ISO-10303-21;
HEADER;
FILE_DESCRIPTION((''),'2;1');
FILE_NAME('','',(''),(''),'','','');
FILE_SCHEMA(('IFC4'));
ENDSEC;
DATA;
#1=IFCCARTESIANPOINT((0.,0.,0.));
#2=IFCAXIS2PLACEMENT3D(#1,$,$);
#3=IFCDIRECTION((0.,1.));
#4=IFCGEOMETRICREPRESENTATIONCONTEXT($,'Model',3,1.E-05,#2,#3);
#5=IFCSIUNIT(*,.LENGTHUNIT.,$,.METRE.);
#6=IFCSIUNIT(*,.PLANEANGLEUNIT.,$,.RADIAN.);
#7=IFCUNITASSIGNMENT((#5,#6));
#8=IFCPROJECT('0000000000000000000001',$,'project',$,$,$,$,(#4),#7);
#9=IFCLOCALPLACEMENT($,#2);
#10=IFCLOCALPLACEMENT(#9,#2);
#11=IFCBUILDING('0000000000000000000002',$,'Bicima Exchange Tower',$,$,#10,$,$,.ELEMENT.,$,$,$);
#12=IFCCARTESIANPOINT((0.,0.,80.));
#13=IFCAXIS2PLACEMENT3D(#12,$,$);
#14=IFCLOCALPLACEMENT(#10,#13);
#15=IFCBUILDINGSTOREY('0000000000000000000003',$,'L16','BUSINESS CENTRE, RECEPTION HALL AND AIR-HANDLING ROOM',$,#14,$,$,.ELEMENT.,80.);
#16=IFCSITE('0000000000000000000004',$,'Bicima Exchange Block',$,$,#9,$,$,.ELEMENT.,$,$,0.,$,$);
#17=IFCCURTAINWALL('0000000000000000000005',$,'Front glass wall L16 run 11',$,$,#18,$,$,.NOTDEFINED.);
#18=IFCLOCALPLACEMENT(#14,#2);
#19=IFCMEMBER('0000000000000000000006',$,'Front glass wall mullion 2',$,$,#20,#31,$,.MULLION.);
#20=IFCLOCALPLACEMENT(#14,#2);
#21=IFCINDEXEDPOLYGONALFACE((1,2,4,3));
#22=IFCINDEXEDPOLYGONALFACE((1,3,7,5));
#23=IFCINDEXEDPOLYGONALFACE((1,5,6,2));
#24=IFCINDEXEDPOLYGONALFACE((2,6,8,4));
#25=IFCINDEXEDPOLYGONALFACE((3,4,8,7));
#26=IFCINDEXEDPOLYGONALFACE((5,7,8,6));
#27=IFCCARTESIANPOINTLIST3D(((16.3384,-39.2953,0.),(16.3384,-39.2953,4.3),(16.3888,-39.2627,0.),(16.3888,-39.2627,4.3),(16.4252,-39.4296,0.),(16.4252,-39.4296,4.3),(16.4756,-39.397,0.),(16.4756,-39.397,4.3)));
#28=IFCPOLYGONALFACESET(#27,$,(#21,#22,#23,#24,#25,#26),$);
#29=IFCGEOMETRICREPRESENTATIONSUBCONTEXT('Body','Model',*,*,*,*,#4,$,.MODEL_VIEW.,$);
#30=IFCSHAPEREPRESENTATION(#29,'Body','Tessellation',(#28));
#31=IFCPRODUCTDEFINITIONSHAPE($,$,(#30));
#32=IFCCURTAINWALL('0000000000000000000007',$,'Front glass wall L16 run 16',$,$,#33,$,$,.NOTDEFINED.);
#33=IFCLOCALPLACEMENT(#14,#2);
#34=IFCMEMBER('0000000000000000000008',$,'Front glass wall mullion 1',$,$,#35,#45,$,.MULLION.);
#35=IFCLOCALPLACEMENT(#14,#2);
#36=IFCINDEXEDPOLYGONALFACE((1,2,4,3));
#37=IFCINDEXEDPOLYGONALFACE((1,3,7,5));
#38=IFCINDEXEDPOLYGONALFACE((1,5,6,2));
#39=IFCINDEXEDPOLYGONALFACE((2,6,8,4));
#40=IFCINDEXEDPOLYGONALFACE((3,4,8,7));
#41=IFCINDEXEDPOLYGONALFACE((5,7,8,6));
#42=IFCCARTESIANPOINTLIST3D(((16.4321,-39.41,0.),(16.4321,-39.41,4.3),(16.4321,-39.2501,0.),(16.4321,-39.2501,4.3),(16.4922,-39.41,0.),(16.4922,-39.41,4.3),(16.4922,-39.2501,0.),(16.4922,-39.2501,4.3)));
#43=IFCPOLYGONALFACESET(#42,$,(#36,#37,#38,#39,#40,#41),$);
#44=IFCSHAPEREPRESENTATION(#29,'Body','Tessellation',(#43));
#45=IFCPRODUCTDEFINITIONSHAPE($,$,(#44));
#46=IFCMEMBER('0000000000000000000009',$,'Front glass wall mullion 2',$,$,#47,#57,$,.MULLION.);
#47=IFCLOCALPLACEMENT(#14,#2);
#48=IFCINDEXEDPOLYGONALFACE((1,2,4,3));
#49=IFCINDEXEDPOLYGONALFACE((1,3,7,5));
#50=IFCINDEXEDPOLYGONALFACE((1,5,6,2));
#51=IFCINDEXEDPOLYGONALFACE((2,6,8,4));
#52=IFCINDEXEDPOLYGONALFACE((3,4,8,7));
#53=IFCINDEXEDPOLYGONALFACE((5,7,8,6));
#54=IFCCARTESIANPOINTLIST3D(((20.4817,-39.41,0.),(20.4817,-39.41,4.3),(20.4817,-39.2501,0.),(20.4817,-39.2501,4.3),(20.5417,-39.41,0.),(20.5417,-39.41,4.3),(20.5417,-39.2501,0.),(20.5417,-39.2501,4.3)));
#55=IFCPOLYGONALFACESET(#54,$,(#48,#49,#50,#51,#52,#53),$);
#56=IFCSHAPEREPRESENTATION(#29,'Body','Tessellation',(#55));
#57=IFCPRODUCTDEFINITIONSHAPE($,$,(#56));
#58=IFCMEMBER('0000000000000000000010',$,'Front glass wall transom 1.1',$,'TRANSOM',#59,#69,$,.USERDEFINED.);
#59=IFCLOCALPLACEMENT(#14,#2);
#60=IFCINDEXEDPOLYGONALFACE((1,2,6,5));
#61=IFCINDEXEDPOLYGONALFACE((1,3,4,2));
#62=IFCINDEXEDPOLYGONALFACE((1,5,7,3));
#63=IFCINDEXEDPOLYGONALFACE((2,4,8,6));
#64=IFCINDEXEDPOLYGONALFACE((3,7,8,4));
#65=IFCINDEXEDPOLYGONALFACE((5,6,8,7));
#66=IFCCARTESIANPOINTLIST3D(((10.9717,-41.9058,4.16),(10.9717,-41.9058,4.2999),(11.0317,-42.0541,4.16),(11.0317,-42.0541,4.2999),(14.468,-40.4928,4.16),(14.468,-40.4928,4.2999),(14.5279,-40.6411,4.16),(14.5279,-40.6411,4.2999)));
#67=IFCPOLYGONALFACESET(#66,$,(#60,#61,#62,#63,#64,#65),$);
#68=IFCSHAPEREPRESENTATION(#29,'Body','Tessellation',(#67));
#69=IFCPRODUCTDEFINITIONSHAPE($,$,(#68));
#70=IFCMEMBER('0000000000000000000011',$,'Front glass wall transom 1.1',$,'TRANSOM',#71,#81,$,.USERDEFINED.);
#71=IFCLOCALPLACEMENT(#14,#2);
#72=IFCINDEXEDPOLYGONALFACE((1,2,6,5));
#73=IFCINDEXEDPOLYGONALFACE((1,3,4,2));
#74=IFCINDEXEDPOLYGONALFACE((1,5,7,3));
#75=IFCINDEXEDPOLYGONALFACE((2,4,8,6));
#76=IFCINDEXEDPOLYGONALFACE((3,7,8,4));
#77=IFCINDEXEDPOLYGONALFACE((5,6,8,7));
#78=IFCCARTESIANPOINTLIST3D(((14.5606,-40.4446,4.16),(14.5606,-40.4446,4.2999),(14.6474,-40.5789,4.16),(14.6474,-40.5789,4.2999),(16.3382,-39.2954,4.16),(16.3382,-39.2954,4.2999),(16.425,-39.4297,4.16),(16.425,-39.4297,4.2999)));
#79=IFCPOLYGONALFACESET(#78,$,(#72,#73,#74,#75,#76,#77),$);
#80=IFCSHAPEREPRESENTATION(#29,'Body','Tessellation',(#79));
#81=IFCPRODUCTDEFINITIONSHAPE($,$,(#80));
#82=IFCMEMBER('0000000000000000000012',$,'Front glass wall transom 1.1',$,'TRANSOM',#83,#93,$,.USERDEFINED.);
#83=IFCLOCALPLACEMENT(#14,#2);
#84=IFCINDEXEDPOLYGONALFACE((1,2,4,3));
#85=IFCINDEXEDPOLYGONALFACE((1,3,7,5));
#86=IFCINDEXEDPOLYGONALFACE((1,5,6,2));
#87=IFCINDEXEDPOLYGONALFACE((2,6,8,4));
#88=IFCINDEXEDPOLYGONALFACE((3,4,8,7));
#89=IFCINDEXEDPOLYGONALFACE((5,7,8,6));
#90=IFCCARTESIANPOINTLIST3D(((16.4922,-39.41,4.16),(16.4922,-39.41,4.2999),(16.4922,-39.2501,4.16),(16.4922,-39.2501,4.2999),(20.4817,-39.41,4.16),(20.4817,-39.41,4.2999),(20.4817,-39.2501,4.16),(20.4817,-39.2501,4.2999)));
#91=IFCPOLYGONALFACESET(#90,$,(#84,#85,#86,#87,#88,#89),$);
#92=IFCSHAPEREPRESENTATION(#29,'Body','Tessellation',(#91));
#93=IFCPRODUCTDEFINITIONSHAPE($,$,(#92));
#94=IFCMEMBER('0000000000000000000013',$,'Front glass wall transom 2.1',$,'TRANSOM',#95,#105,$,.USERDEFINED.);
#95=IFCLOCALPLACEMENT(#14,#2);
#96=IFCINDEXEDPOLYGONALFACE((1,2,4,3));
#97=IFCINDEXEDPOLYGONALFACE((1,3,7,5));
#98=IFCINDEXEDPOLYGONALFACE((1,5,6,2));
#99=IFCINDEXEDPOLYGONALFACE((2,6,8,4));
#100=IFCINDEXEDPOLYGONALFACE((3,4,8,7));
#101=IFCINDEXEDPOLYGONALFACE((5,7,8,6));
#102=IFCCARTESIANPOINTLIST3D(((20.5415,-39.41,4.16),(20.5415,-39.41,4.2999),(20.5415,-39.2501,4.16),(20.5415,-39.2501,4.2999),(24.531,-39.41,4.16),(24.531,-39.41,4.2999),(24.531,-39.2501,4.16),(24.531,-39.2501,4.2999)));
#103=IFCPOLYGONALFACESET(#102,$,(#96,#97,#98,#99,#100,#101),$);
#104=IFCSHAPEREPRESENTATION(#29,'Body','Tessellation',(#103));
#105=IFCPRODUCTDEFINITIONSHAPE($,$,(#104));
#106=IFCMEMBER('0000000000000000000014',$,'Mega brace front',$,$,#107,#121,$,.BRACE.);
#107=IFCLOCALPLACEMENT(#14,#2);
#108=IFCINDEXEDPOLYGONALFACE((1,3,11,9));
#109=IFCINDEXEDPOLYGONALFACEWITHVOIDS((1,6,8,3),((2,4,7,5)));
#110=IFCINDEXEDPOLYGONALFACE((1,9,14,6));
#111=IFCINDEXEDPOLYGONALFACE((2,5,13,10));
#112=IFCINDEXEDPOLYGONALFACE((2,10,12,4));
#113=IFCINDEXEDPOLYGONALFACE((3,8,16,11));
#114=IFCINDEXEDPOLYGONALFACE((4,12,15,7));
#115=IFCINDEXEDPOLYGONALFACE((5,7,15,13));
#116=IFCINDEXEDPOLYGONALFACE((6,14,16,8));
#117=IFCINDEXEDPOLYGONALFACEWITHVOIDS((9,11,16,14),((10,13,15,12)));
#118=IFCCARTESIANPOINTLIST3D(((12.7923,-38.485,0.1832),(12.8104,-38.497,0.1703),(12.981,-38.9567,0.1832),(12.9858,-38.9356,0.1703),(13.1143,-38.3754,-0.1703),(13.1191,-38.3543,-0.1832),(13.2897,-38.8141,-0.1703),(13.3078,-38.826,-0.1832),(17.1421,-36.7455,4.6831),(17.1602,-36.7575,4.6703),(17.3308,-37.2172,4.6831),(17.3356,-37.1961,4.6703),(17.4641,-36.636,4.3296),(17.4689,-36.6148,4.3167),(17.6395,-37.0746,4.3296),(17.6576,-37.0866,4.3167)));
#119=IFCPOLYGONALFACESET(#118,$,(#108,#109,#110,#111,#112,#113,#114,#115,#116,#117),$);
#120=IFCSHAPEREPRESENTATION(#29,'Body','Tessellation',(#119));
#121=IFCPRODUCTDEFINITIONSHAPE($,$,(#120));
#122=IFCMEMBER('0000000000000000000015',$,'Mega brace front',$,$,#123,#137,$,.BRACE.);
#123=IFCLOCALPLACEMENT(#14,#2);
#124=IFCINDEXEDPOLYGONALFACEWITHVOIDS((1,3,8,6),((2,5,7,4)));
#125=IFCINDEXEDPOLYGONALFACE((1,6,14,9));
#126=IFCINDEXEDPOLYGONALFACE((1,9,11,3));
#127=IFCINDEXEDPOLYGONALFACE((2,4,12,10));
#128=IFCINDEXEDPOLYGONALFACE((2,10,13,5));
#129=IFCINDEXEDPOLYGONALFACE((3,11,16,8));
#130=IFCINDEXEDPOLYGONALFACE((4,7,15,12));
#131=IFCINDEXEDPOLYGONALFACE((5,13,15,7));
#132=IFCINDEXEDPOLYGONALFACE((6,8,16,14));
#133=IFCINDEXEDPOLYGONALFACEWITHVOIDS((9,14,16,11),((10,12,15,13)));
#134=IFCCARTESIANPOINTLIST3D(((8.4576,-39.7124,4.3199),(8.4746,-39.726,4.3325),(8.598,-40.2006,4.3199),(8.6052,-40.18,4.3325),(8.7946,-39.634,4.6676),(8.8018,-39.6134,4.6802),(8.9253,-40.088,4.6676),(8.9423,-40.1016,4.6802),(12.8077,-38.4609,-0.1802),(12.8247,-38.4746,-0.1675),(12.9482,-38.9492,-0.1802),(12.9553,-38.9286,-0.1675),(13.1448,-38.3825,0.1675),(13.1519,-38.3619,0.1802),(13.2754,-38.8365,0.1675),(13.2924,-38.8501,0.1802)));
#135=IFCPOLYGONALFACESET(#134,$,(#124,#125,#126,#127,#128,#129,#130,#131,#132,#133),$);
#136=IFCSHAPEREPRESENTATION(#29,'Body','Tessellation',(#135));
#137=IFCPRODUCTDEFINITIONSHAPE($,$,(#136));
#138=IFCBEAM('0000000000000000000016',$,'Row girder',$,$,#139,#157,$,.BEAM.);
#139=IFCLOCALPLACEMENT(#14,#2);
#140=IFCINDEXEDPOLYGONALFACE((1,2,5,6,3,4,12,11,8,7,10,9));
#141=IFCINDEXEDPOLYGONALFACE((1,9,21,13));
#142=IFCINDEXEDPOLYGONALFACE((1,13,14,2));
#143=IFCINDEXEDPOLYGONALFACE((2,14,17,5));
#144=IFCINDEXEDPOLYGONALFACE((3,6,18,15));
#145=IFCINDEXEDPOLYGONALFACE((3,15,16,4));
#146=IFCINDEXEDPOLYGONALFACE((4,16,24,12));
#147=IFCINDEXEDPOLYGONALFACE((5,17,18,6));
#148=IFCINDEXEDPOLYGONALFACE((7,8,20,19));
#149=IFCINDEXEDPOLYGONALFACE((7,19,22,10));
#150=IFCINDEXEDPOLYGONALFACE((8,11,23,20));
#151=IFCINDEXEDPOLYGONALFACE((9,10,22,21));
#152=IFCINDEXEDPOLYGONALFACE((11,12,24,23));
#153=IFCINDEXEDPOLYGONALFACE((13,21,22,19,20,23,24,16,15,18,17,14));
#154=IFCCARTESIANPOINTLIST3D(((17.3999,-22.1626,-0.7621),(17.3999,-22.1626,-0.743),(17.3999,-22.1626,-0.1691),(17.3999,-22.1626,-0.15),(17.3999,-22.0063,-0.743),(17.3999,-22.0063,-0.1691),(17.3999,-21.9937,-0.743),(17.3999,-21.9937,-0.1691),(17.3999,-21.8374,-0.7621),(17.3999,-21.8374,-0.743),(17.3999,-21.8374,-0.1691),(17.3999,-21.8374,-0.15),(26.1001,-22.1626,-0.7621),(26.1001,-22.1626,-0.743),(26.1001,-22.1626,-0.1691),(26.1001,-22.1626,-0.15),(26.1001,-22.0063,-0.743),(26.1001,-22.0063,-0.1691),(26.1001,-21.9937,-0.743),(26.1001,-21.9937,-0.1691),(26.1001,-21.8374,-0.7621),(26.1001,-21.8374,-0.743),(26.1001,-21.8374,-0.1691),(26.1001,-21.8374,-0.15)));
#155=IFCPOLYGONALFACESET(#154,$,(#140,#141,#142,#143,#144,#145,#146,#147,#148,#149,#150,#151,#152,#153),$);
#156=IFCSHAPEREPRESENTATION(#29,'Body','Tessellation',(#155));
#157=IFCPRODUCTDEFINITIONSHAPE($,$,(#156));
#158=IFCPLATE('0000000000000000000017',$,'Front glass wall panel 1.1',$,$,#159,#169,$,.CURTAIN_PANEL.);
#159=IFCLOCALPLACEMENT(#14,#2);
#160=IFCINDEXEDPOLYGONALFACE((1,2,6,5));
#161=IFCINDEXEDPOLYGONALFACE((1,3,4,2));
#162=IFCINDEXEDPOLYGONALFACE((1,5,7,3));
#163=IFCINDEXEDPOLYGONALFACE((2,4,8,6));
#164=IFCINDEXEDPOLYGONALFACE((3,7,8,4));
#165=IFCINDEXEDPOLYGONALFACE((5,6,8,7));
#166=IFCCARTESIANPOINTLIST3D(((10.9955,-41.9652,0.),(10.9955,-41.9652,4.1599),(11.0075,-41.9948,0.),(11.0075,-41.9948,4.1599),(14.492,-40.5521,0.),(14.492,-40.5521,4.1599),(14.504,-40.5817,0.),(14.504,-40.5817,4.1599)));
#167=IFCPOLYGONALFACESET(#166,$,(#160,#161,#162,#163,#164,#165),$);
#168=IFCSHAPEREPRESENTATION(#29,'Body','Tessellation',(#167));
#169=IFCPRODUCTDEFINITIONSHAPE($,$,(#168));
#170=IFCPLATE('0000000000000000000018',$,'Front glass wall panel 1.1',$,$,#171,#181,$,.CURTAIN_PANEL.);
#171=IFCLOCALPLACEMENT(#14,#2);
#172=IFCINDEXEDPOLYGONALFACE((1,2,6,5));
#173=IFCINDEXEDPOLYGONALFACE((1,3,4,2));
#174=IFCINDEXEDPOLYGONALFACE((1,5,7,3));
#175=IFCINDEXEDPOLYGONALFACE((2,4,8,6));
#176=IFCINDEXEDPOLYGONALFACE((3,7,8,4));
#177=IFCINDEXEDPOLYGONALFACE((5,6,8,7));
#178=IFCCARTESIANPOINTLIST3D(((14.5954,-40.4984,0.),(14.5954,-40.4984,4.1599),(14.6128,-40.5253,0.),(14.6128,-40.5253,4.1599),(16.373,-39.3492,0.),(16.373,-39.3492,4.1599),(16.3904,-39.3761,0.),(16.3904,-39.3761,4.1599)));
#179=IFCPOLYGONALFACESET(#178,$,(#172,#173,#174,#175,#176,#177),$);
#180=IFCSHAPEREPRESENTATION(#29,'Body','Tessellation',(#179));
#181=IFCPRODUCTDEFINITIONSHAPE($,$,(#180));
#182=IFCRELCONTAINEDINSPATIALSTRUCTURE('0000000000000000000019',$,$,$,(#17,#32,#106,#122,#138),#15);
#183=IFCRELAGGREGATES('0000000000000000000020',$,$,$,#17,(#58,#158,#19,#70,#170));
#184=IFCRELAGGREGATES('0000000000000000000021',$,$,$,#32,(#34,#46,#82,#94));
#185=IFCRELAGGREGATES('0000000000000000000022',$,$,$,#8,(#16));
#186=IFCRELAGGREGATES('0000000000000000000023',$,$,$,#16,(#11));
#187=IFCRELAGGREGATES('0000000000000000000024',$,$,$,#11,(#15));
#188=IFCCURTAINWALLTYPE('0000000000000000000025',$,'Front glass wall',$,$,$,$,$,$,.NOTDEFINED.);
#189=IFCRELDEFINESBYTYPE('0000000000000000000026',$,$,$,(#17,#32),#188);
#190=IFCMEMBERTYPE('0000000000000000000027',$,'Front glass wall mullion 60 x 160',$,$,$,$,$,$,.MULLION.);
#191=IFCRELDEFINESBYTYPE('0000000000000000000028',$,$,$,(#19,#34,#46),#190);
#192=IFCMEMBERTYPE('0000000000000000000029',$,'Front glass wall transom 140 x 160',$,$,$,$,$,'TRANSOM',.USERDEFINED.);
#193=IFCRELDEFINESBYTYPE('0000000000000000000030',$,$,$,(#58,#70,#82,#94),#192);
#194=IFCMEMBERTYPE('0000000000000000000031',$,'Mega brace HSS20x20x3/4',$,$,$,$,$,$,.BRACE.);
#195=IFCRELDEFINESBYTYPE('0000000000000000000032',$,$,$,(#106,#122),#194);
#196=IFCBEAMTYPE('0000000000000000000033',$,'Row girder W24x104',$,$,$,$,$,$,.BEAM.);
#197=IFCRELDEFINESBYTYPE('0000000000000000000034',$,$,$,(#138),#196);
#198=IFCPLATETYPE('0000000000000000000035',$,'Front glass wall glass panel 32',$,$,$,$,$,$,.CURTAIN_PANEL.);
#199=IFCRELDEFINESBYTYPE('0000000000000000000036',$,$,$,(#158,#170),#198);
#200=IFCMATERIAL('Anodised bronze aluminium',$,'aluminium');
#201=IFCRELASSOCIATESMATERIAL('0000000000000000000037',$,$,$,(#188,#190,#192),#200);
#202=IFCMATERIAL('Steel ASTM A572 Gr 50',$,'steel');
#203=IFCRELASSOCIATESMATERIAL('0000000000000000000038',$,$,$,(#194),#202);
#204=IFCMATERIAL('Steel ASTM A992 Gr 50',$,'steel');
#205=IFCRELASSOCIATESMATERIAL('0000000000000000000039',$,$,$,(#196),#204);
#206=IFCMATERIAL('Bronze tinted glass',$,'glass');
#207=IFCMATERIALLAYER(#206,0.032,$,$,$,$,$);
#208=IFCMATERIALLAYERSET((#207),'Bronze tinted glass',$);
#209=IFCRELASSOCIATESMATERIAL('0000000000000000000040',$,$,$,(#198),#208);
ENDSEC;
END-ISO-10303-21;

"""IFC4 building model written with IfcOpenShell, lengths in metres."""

from ifc_helpers import new_model, si_unit, direction, frame, origin, origin_2d, place, context, subcontext, project, spatial, rectangle, hollow_rectangle, i_section, extrude, material, layer, layer_set, material_profile, profile_set, type_object, element, aggregate, save


model = new_model("IFC4")

# Units and contexts
model_context = context("Model", 3, precision=1e-05, world=origin(), true_north=direction((0.0, 1.0)))
body_context = subcontext(model_context, "Body", "Model", "MODEL_VIEW")
ifc_project = project(units=[si_unit("LENGTHUNIT", "METRE"), si_unit("PLANEANGLEUNIT", "RADIAN")], contexts=[model_context])

# Site, building, storey
site_placement = place(None, origin())
site = spatial("IfcSite", under=ifc_project, at=site_placement, Name="Bicima Exchange Block", CompositionType="ELEMENT", RefElevation=0.0)
building_placement = place(site_placement, origin())
building = spatial("IfcBuilding", under=site, at=building_placement, Name="Bicima Exchange Tower", CompositionType="ELEMENT")
storey_placement = place(building_placement, frame((0.0, 0.0, 80.0)))
storey = spatial("IfcBuildingStorey", under=building, at=storey_placement, Name="L16", Description="BUSINESS CENTRE, RECEPTION HALL AND AIR-HANDLING ROOM", CompositionType="ELEMENT", Elevation=80.0)

# Shared definitions
ifc_material_1 = material(Name="Steel ASTM A992 Gr 50", Category="steel")

# Shared definitions
ifc_material_profile_1 = material_profile(ifc_material_1, i_section(OverallWidth=0.3252, OverallDepth=0.6121, WebThickness=0.0127, FlangeThickness=0.019, at=origin_2d()))
ifc_profile_set_1 = profile_set([ifc_material_profile_1], Name="Steel ASTM A992 Gr 50")

# Curtain walls, members
ifc_material_2 = material(Name="Anodised bronze aluminium", Category="aluminium")
curtain_wall_type = type_object("IfcCurtainWallType", Name="Front glass wall", PredefinedType="NOTDEFINED", material=ifc_material_2)
curtain_wall_1_placement = place(storey_placement, origin())
curtain_wall_1 = element("IfcCurtainWall", 1, at=curtain_wall_1_placement, inside=storey, type_object=curtain_wall_type, Name="Front glass wall L16 run 11", PredefinedType="NOTDEFINED")
ifc_material_profile_2 = material_profile(ifc_material_2, rectangle(XDim=0.1599, YDim=0.0601, at=origin_2d()))
ifc_profile_set_2 = profile_set([ifc_material_profile_2], Name="Anodised bronze aluminium")
member_type_1 = type_object("IfcMemberType", Name="Front glass wall mullion 60 x 160", PredefinedType="MULLION", material=ifc_profile_set_2)
member_1_placement = place(storey_placement, frame((16.407, -39.3462, 0.0), z_axis=(0.0, 0.0, 1.0), x_axis=(-0.542909, 0.839791, 0.0)))
member_1 = element("IfcMember", 2, at=member_1_placement, type_object=member_type_1, Name="Front glass wall mullion 2", PredefinedType="MULLION", context=body_context, shape_type="SweptSolid", body=[
    extrude(rectangle(XDim=0.1599, YDim=0.0601, at=origin_2d()), origin(), (0.0, 0.0, 1.0), 4.3),
])
curtain_wall_2_placement = place(storey_placement, origin())
curtain_wall_2 = element("IfcCurtainWall", 3, at=curtain_wall_2_placement, inside=storey, type_object=curtain_wall_type, Name="Front glass wall L16 run 16", PredefinedType="NOTDEFINED")
member_2_placement = place(storey_placement, frame((16.4622, -39.3301, 0.0), z_axis=(0.0, 0.0, 1.0), x_axis=(0.0, 1.0, 0.0)))
member_2 = element("IfcMember", 4, at=member_2_placement, type_object=member_type_1, Name="Front glass wall mullion 1", PredefinedType="MULLION", context=body_context, shape_type="SweptSolid", body=[
    extrude(rectangle(XDim=0.1599, YDim=0.0601, at=origin_2d()), origin(), (0.0, 0.0, 1.0), 4.3),
])
member_3_placement = place(storey_placement, frame((20.5117, -39.3301, 0.0), z_axis=(0.0, 0.0, 1.0), x_axis=(0.0, 1.0, 0.0)))
member_3 = element("IfcMember", 5, at=member_3_placement, type_object=member_type_1, Name="Front glass wall mullion 2", PredefinedType="MULLION", context=body_context, shape_type="SweptSolid", body=[
    extrude(rectangle(XDim=0.1599, YDim=0.0601, at=origin_2d()), origin(), (0.0, 0.0, 1.0), 4.3),
])

# Members
ifc_material_profile_3 = material_profile(ifc_material_2, rectangle(XDim=0.1599, YDim=0.1399, at=origin_2d()))
ifc_profile_set_3 = profile_set([ifc_material_profile_3], Name="Anodised bronze aluminium")
member_type_2 = type_object("IfcMemberType", Name="Front glass wall transom 140 x 160", ElementType="TRANSOM", PredefinedType="USERDEFINED", material=ifc_profile_set_3)
member_4_placement = place(storey_placement, frame((11.0017, -41.98, 4.23), z_axis=(0.92714, 0.374715, 0.0), x_axis=(-0.374715, 0.92714, 0.0)))
member_4 = element("IfcMember", 6, at=member_4_placement, type_object=member_type_2, Name="Front glass wall transom 1.1", ObjectType="TRANSOM", PredefinedType="USERDEFINED", context=body_context, shape_type="SweptSolid", body=[
    extrude(rectangle(XDim=0.1599, YDim=0.1399, at=origin_2d()), origin(), (0.0, 0.0, 1.0), 3.771),
])
member_5_placement = place(storey_placement, frame((14.604, -40.5117, 4.23), z_axis=(0.839793, 0.542907, 0.0), x_axis=(-0.542907, 0.839793, 0.0)))
member_5 = element("IfcMember", 7, at=member_5_placement, type_object=member_type_2, Name="Front glass wall transom 1.1", ObjectType="TRANSOM", PredefinedType="USERDEFINED", context=body_context, shape_type="SweptSolid", body=[
    extrude(rectangle(XDim=0.1599, YDim=0.1399, at=origin_2d()), origin(), (0.0, 0.0, 1.0), 2.1167),
])
member_6_placement = place(storey_placement, frame((16.4922, -39.3301, 4.23), z_axis=(1.0, 0.0, 0.0), x_axis=(0.0, 1.0, 0.0)))
member_6 = element("IfcMember", 8, at=member_6_placement, type_object=member_type_2, Name="Front glass wall transom 1.1", ObjectType="TRANSOM", PredefinedType="USERDEFINED", context=body_context, shape_type="SweptSolid", body=[
    extrude(rectangle(XDim=0.1599, YDim=0.1399, at=origin_2d()), origin(), (0.0, 0.0, 1.0), 3.9895),
])
member_7_placement = place(storey_placement, frame((20.5415, -39.3301, 4.23), z_axis=(1.0, 0.0, 0.0), x_axis=(0.0, 1.0, 0.0)))
member_7 = element("IfcMember", 9, at=member_7_placement, type_object=member_type_2, Name="Front glass wall transom 2.1", ObjectType="TRANSOM", PredefinedType="USERDEFINED", context=body_context, shape_type="SweptSolid", body=[
    extrude(rectangle(XDim=0.1599, YDim=0.1399, at=origin_2d()), origin(), (0.0, 0.0, 1.0), 3.9895),
])

# Members
ifc_material_3 = material(Name="Steel ASTM A572 Gr 50", Category="steel")
ifc_material_profile_4 = material_profile(ifc_material_3, hollow_rectangle(XDim=0.5081, YDim=0.5081, WallThickness=0.0178, at=origin_2d()))
ifc_profile_set_4 = profile_set([ifc_material_profile_4], Name="Steel ASTM A572 Gr 50")
member_type_3 = type_object("IfcMemberType", Name="Mega brace HSS20x20x3/4", PredefinedType="BRACE", material=ifc_profile_set_4)
member_8_placement = place(storey_placement, frame((13.05, -38.6555, 0.0), z_axis=(0.669628, 0.267783, 0.692742), x_axis=(-0.37131, 0.928509, 0.0)))
element("IfcMember", 10, at=member_8_placement, inside=storey, type_object=member_type_3, Name="Mega brace front", PredefinedType="BRACE", context=body_context, shape_type="SweptSolid", body=[
    extrude(hollow_rectangle(XDim=0.5081, YDim=0.5081, WallThickness=0.0178, at=origin_2d()), origin(), (0.0, 0.0, 1.0), 6.4958),
])
member_9_placement = place(storey_placement, frame((13.05, -38.6555, 0.0), z_axis=(-0.68154, -0.19607, 0.705025), x_axis=(0.276473, -0.961022, 0.0)))
element("IfcMember", 11, at=member_9_placement, inside=storey, type_object=member_type_3, Name="Mega brace front", PredefinedType="BRACE", context=body_context, shape_type="SweptSolid", body=[
    extrude(hollow_rectangle(XDim=0.5081, YDim=0.5081, WallThickness=0.0178, at=origin_2d()), origin(), (0.0, 0.0, 1.0), 6.3828),
])

# Beam
beam_type_1 = type_object("IfcBeamType", Name="Row girder W24x104", PredefinedType="BEAM", material=ifc_profile_set_1)
beam_1_placement = place(storey_placement, frame((17.3999, -22.0, -0.4561), z_axis=(1.0, 0.0, 0.0), x_axis=(0.0, 1.0, 0.0)))
element("IfcBeam", 12, at=beam_1_placement, inside=storey, type_object=beam_type_1, Name="Row girder", PredefinedType="BEAM", context=body_context, shape_type="SweptSolid", body=[
    extrude(i_section(OverallWidth=0.3252, OverallDepth=0.6121, WebThickness=0.0127, FlangeThickness=0.019, at=origin_2d()), origin(), (0.0, 0.0, 1.0), 8.7002),
])

# Plates
ifc_material_4 = material(Name="Bronze tinted glass", Category="glass")
ifc_layer_1 = layer(ifc_material_4, 0.032)
ifc_layer_set_1 = layer_set([ifc_layer_1], Name="Bronze tinted glass")
plate_type = type_object("IfcPlateType", Name="Front glass wall glass panel 32", PredefinedType="CURTAIN_PANEL", material=ifc_layer_set_1)
plate_1_placement = place(storey_placement, frame((12.7498, -41.2734, 0.0), z_axis=(0.0, 0.0, 1.0), x_axis=(0.927144, 0.374705, 0.0)))
plate_1 = element("IfcPlate", 13, at=plate_1_placement, type_object=plate_type, Name="Front glass wall panel 1.1", PredefinedType="CURTAIN_PANEL", context=body_context, shape_type="SweptSolid", body=[
    extrude(rectangle(XDim=3.7712, YDim=0.032, at=origin_2d()), origin(), (0.0, 0.0, 1.0), 4.1599),
])
plate_2_placement = place(storey_placement, frame((15.4929, -39.9373, 0.0), z_axis=(0.0, 0.0, 1.0), x_axis=(0.839791, 0.542909, 0.0)))
plate_2 = element("IfcPlate", 14, at=plate_2_placement, type_object=plate_type, Name="Front glass wall panel 1.1", PredefinedType="CURTAIN_PANEL", context=body_context, shape_type="SweptSolid", body=[
    extrude(rectangle(XDim=2.1167, YDim=0.032, at=origin_2d()), origin(), (0.0, 0.0, 1.0), 4.1599),
])
aggregate(curtain_wall_1, [member_4, plate_1, member_1, member_5, plate_2])
aggregate(curtain_wall_2, [member_2, member_3, member_6, member_7])

save(model, "model.ifc")
